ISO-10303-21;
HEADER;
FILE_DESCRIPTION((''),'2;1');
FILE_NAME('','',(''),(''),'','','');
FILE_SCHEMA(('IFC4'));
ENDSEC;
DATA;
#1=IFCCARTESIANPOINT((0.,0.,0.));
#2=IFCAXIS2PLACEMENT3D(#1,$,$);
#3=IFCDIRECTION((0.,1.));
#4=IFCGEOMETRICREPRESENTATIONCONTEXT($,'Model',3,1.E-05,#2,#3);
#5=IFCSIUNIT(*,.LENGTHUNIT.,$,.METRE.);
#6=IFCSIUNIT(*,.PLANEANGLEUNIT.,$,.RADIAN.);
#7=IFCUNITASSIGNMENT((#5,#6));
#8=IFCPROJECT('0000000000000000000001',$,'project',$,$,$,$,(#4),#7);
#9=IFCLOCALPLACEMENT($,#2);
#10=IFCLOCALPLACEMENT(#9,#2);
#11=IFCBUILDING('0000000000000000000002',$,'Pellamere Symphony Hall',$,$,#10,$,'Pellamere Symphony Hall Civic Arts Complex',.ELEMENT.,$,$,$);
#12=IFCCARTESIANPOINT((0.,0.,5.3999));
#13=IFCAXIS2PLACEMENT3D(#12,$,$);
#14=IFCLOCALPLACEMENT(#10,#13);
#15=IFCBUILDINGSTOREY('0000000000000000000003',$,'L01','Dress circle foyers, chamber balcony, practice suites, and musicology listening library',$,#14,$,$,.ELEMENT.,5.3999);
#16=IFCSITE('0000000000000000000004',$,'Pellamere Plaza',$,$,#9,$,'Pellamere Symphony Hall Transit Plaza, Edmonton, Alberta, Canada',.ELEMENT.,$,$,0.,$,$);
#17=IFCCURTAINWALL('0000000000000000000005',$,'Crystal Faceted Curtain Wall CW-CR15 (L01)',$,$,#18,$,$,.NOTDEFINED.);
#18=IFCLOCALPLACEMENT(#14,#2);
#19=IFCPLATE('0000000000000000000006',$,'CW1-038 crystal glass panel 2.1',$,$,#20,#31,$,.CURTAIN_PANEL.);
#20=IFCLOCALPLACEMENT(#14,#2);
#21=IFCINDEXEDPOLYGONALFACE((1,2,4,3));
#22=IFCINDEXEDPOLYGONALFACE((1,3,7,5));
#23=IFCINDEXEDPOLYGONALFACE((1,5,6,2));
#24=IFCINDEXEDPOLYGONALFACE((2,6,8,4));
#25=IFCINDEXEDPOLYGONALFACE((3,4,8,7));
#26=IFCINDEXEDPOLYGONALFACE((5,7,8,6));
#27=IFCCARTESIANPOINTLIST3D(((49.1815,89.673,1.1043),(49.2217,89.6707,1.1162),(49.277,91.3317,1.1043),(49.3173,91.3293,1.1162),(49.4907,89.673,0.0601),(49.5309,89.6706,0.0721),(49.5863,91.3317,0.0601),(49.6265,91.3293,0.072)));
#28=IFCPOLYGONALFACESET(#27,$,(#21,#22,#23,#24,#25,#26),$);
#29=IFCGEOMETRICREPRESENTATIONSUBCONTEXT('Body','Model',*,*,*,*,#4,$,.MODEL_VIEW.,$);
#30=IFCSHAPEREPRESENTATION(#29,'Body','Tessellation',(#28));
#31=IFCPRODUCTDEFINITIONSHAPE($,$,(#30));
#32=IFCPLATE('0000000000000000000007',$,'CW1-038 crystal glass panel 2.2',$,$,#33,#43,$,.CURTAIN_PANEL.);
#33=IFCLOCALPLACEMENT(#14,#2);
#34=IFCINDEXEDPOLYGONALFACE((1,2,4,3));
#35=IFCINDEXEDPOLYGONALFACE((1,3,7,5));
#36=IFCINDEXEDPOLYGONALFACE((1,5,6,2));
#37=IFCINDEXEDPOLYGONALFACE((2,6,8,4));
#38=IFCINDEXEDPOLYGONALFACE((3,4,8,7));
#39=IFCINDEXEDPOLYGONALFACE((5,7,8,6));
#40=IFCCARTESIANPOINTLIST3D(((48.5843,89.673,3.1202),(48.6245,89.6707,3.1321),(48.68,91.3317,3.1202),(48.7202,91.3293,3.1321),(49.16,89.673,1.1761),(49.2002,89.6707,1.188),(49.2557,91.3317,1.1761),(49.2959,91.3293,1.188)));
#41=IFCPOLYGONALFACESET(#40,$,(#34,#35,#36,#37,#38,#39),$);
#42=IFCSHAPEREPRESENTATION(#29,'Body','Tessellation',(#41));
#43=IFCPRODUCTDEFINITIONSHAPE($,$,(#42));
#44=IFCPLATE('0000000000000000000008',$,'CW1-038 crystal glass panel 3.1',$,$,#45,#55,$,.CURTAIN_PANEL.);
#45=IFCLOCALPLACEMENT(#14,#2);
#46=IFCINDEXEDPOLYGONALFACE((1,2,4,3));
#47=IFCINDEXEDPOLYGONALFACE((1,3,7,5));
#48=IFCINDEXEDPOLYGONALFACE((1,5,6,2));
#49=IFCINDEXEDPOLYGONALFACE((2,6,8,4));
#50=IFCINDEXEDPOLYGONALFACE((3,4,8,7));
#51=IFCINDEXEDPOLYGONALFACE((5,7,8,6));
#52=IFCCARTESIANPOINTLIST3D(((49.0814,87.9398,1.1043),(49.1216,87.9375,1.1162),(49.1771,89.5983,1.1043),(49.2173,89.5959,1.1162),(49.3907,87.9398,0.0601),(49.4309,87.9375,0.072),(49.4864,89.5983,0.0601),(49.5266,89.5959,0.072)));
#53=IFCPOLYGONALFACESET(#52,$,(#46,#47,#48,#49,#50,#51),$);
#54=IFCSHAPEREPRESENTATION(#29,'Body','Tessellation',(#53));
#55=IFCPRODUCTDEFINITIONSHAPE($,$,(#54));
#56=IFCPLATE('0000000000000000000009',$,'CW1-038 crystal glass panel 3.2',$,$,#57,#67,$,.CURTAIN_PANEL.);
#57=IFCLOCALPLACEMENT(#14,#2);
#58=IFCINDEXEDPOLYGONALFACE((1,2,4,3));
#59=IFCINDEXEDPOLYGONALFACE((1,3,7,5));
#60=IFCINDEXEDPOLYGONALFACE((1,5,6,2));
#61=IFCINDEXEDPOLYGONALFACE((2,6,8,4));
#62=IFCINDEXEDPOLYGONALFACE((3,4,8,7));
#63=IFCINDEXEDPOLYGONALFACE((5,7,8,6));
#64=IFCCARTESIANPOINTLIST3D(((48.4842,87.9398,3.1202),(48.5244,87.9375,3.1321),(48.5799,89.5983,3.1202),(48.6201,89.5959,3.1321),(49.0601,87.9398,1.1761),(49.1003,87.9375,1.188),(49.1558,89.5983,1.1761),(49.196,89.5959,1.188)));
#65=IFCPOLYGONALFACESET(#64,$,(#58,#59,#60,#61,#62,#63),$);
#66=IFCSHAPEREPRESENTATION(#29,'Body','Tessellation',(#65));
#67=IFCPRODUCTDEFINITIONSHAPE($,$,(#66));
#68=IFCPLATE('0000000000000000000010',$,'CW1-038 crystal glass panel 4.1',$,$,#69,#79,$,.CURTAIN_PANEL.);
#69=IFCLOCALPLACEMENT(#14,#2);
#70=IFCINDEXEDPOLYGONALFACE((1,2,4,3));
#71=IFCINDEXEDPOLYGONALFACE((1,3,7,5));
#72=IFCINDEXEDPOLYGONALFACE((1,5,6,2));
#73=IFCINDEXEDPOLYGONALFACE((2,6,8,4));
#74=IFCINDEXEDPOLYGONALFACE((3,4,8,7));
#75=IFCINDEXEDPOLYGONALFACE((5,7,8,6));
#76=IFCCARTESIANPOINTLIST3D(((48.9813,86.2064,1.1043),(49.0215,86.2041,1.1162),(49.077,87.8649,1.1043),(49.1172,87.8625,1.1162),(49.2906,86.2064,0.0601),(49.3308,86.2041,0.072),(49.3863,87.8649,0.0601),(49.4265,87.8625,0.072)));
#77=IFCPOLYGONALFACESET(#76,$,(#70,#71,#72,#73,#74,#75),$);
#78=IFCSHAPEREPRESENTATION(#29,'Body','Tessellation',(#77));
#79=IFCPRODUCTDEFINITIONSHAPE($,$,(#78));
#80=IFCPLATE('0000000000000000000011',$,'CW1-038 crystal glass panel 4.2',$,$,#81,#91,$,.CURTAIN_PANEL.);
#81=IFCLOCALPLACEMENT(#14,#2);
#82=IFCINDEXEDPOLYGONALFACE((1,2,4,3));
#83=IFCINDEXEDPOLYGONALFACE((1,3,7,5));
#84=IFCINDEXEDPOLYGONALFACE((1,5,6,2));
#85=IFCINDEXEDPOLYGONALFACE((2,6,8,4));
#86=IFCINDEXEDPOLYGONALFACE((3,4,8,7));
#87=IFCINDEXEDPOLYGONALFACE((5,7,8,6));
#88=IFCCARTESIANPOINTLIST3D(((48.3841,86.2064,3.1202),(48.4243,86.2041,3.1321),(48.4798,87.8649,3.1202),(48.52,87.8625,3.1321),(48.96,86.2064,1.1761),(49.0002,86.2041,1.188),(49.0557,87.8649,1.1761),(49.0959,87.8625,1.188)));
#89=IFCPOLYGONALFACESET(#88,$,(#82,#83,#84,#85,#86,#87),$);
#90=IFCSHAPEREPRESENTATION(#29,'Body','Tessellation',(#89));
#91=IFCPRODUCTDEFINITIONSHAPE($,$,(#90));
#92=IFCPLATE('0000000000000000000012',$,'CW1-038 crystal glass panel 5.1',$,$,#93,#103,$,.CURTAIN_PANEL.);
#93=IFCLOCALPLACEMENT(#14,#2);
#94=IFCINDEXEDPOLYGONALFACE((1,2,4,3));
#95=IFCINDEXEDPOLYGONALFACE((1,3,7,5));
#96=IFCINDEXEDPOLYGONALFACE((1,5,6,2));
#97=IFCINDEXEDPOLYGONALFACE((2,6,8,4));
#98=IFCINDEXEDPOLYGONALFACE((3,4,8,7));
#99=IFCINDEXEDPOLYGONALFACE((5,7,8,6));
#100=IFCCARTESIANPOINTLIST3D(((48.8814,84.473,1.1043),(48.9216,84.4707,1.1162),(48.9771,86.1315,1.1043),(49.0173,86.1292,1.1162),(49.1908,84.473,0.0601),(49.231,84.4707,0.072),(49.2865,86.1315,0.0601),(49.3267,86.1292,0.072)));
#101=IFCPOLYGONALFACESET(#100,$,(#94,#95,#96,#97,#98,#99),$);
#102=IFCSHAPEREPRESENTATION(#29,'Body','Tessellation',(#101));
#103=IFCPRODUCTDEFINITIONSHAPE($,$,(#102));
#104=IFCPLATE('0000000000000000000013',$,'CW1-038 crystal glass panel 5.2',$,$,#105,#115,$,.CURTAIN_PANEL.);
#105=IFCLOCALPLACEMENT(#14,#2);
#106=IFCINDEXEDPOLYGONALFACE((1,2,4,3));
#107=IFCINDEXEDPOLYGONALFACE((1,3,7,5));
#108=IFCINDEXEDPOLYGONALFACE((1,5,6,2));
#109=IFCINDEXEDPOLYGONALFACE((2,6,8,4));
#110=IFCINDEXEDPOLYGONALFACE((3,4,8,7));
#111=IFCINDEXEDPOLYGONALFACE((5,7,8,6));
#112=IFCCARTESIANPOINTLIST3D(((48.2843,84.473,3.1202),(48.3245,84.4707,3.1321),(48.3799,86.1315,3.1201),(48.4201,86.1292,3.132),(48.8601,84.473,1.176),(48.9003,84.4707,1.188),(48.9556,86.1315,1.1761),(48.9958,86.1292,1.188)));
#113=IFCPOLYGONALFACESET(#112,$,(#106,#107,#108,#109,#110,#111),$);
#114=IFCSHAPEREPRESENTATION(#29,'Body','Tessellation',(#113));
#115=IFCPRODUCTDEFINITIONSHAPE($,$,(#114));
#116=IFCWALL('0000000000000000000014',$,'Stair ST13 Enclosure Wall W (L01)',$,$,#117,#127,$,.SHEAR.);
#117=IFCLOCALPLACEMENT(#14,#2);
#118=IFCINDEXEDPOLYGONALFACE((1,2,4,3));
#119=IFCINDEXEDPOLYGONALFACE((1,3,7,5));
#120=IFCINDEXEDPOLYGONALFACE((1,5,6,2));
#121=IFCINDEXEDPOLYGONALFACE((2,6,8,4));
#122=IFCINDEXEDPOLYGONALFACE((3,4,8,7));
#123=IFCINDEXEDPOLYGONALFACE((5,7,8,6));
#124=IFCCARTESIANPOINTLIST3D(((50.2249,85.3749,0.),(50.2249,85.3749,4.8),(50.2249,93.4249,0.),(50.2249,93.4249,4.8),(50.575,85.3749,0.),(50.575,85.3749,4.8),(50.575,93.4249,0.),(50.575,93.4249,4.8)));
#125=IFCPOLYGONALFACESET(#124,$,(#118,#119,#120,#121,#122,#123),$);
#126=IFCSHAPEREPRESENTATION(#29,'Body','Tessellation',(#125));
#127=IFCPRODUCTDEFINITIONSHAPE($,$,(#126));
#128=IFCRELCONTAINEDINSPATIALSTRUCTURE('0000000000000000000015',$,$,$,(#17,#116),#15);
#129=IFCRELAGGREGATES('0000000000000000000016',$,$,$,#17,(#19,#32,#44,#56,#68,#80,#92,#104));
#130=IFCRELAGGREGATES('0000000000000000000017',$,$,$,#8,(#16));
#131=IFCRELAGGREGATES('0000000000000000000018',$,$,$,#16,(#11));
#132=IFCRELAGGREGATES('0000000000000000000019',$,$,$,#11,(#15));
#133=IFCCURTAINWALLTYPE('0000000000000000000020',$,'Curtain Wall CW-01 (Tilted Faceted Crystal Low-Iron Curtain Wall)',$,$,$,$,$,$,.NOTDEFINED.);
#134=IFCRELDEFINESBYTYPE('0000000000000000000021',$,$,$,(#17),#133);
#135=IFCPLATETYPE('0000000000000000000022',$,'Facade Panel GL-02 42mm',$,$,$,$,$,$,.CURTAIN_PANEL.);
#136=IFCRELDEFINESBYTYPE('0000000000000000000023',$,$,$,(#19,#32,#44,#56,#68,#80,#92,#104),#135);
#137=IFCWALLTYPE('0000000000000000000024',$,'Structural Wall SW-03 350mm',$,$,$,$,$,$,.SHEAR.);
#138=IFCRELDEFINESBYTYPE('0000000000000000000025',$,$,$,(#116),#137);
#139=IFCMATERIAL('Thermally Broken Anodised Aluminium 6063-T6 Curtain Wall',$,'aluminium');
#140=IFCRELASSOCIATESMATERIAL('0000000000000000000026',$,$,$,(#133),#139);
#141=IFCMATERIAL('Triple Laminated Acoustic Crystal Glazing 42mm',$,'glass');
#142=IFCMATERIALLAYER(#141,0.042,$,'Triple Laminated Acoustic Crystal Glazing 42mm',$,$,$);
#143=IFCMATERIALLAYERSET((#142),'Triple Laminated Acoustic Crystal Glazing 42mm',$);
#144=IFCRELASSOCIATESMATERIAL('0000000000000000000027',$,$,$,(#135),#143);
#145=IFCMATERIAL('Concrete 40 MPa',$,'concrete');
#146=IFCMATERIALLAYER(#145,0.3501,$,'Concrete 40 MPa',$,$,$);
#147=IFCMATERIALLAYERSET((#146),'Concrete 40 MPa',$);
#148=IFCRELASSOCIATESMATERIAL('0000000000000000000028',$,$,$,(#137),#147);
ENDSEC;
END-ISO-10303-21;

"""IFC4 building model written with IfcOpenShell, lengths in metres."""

from ifc_helpers import new_model, si_unit, direction, frame, frame_2d, origin, place, context, subcontext, project, spatial, polyline, rectangle, outline, extrude, material, layer, layer_set, type_object, element, aggregate, save


model = new_model("IFC4")

# Units and contexts
model_context = context("Model", 3, precision=1e-05, world=origin(), true_north=direction((0.0, 1.0)))
body_context = subcontext(model_context, "Body", "Model", "MODEL_VIEW")
ifc_project = project(units=[si_unit("LENGTHUNIT", "METRE"), si_unit("PLANEANGLEUNIT", "RADIAN")], contexts=[model_context])

# Site, building, storey
site_placement = place(None, origin())
site = spatial("IfcSite", under=ifc_project, at=site_placement, Name="Pellamere Plaza", LongName="Pellamere Symphony Hall Transit Plaza, Edmonton, Alberta, Canada", CompositionType="ELEMENT", RefElevation=0.0)
building_placement = place(site_placement, origin())
building = spatial("IfcBuilding", under=site, at=building_placement, Name="Pellamere Symphony Hall", LongName="Pellamere Symphony Hall Civic Arts Complex", CompositionType="ELEMENT")
storey_placement = place(building_placement, frame((0.0, 0.0, 5.3999)))
storey = spatial("IfcBuildingStorey", under=building, at=storey_placement, Name="L01", Description="Dress circle foyers, chamber balcony, practice suites, and musicology listening library", CompositionType="ELEMENT", Elevation=5.3999)

# Curtain wall, plates
ifc_material_1 = material(Name="Thermally Broken Anodised Aluminium 6063-T6 Curtain Wall", Category="aluminium")
curtain_wall_type = type_object("IfcCurtainWallType", Name="Curtain Wall CW-01 (Tilted Faceted Crystal Low-Iron Curtain Wall)", PredefinedType="NOTDEFINED", material=ifc_material_1)
curtain_wall_placement = place(storey_placement, origin())
curtain_wall = element("IfcCurtainWall", 1, at=curtain_wall_placement, inside=storey, type_object=curtain_wall_type, Name="Crystal Faceted Curtain Wall CW-CR15 (L01)", PredefinedType="NOTDEFINED")
ifc_material_2 = material(Name="Triple Laminated Acoustic Crystal Glazing 42mm", Category="glass")
ifc_layer_1 = layer(ifc_material_2, 0.042, Name="Triple Laminated Acoustic Crystal Glazing 42mm")
ifc_layer_set_1 = layer_set([ifc_layer_1], Name="Triple Laminated Acoustic Crystal Glazing 42mm")
plate_type = type_object("IfcPlateType", Name="Facade Panel GL-02 42mm", PredefinedType="CURTAIN_PANEL", material=ifc_layer_set_1)
plate_1_placement = place(storey_placement, frame((49.6265, 91.3293, 0.072), z_axis=(0.957384, -0.055169, 0.283499), x_axis=(-0.057535, -0.998343, 0.00002)))
plate_1 = element("IfcPlate", 2, at=plate_1_placement, type_object=plate_type, Name="CW1-038 crystal glass panel 2.1", PredefinedType="CURTAIN_PANEL", context=body_context, shape_type="SweptSolid", body=[
    extrude(outline(polyline([(0.0, 0.0), (1.6615, 0.0), (1.6793, -1.0888), (0.0178, -1.0889), (0.0, 0.0)])), origin(), (0.0, 0.0, -1.0), 0.042),
])
plate_2_placement = place(storey_placement, frame((49.2959, 91.3293, 1.188), z_axis=(0.95738, -0.055239, 0.283499), x_axis=(-0.057602, -0.99834, 0.0)))
plate_2 = element("IfcPlate", 3, at=plate_2_placement, type_object=plate_type, Name="CW1-038 crystal glass panel 2.2", PredefinedType="CURTAIN_PANEL", context=body_context, shape_type="SweptSolid", body=[
    extrude(outline(polyline([(0.0, 0.0), (1.6615, 0.0), (1.6946, -2.0273), (0.0332, -2.0273), (0.0, 0.0)])), origin(), (0.0, 0.0, -1.0), 0.042),
])
plate_3_placement = place(storey_placement, frame((49.5266, 89.5959, 0.072), z_axis=(0.95735, -0.055245, 0.283601), x_axis=(-0.057611, -0.998339, 0.0)))
plate_3 = element("IfcPlate", 4, at=plate_3_placement, type_object=plate_type, Name="CW1-038 crystal glass panel 3.1", PredefinedType="CURTAIN_PANEL", context=body_context, shape_type="SweptSolid", body=[
    extrude(outline(polyline([(0.0, 0.0), (1.6612, 0.0), (1.679, -1.0889), (0.0178, -1.0889), (0.0, 0.0)])), origin(), (0.0, 0.0, -1.0), 0.042),
])
plate_4_placement = place(storey_placement, frame((49.196, 89.5959, 1.188), z_axis=(0.957347, -0.055245, 0.283609), x_axis=(-0.057611, -0.998339, 0.0)))
plate_4 = element("IfcPlate", 5, at=plate_4_placement, type_object=plate_type, Name="CW1-038 crystal glass panel 3.2", PredefinedType="CURTAIN_PANEL", context=body_context, shape_type="SweptSolid", body=[
    extrude(outline(polyline([(0.0, 0.0), (1.6612, 0.0), (1.6944, -2.0273), (0.0332, -2.0273), (0.0, 0.0)])), origin(), (0.0, 0.0, -1.0), 0.042),
])
plate_5_placement = place(storey_placement, frame((49.4265, 87.8625, 0.072), z_axis=(0.95735, -0.055245, 0.283601), x_axis=(-0.057611, -0.998339, 0.0)))
plate_5 = element("IfcPlate", 6, at=plate_5_placement, type_object=plate_type, Name="CW1-038 crystal glass panel 4.1", PredefinedType="CURTAIN_PANEL", context=body_context, shape_type="SweptSolid", body=[
    extrude(outline(polyline([(0.0, 0.0), (1.6612, 0.0), (1.679, -1.0889), (0.0178, -1.0889), (0.0, 0.0)])), origin(), (0.0, 0.0, -1.0), 0.042),
])
plate_6_placement = place(storey_placement, frame((49.0959, 87.8625, 1.188), z_axis=(0.957347, -0.055245, 0.283609), x_axis=(-0.057611, -0.998339, 0.0)))
plate_6 = element("IfcPlate", 7, at=plate_6_placement, type_object=plate_type, Name="CW1-038 crystal glass panel 4.2", PredefinedType="CURTAIN_PANEL", context=body_context, shape_type="SweptSolid", body=[
    extrude(outline(polyline([(0.0, 0.0), (1.6612, 0.0), (1.6944, -2.0273), (0.0332, -2.0273), (0.0, 0.0)])), origin(), (0.0, 0.0, -1.0), 0.042),
])
plate_7_placement = place(storey_placement, frame((49.3267, 86.1292, 0.072), z_axis=(0.95735, -0.055245, 0.283601), x_axis=(-0.057611, -0.998339, 0.0)))
plate_7 = element("IfcPlate", 8, at=plate_7_placement, type_object=plate_type, Name="CW1-038 crystal glass panel 5.1", PredefinedType="CURTAIN_PANEL", context=body_context, shape_type="SweptSolid", body=[
    extrude(outline(polyline([(0.0, 0.0), (1.6612, 0.0), (1.679, -1.0889), (0.0178, -1.0889), (0.0, 0.0)])), origin(), (0.0, 0.0, -1.0), 0.042),
])
plate_8_placement = place(storey_placement, frame((48.9958, 86.1292, 1.188), z_axis=(0.957367, -0.055176, 0.283555), x_axis=(-0.057531, -0.998344, -0.00002)))
plate_8 = element("IfcPlate", 9, at=plate_8_placement, type_object=plate_type, Name="CW1-038 crystal glass panel 5.2", PredefinedType="CURTAIN_PANEL", context=body_context, shape_type="SweptSolid", body=[
    extrude(outline(polyline([(0.0, 0.0), (1.6612, 0.0), (1.6943, -2.0273), (0.0331, -2.0273), (0.0, 0.0)])), origin(), (0.0, 0.0, -1.0), 0.042),
])
aggregate(curtain_wall, [plate_1, plate_2, plate_3, plate_4, plate_5, plate_6, plate_7, plate_8])

# Wall
ifc_material_3 = material(Name="Concrete 40 MPa", Category="concrete")
ifc_layer_2 = layer(ifc_material_3, 0.3501, Name="Concrete 40 MPa")
ifc_layer_set_2 = layer_set([ifc_layer_2], Name="Concrete 40 MPa")
wall_type = type_object("IfcWallType", Name="Structural Wall SW-03 350mm", PredefinedType="SHEAR", material=ifc_layer_set_2)
wall_placement = place(storey_placement, frame((50.3999, 85.375, 0.0), z_axis=(0.0, 0.0, 1.0), x_axis=(0.0, 1.0, 0.0)))
element("IfcWall", 10, at=wall_placement, inside=storey, type_object=wall_type, Name="Stair ST13 Enclosure Wall W (L01)", PredefinedType="SHEAR", context=body_context, shape_type="SweptSolid", body=[
    extrude(rectangle(XDim=8.05, YDim=0.3501, at=frame_2d((4.0249, 0.0))), origin(), (0.0, 0.0, 1.0), 4.8),
])

save(model, "model.ifc")
